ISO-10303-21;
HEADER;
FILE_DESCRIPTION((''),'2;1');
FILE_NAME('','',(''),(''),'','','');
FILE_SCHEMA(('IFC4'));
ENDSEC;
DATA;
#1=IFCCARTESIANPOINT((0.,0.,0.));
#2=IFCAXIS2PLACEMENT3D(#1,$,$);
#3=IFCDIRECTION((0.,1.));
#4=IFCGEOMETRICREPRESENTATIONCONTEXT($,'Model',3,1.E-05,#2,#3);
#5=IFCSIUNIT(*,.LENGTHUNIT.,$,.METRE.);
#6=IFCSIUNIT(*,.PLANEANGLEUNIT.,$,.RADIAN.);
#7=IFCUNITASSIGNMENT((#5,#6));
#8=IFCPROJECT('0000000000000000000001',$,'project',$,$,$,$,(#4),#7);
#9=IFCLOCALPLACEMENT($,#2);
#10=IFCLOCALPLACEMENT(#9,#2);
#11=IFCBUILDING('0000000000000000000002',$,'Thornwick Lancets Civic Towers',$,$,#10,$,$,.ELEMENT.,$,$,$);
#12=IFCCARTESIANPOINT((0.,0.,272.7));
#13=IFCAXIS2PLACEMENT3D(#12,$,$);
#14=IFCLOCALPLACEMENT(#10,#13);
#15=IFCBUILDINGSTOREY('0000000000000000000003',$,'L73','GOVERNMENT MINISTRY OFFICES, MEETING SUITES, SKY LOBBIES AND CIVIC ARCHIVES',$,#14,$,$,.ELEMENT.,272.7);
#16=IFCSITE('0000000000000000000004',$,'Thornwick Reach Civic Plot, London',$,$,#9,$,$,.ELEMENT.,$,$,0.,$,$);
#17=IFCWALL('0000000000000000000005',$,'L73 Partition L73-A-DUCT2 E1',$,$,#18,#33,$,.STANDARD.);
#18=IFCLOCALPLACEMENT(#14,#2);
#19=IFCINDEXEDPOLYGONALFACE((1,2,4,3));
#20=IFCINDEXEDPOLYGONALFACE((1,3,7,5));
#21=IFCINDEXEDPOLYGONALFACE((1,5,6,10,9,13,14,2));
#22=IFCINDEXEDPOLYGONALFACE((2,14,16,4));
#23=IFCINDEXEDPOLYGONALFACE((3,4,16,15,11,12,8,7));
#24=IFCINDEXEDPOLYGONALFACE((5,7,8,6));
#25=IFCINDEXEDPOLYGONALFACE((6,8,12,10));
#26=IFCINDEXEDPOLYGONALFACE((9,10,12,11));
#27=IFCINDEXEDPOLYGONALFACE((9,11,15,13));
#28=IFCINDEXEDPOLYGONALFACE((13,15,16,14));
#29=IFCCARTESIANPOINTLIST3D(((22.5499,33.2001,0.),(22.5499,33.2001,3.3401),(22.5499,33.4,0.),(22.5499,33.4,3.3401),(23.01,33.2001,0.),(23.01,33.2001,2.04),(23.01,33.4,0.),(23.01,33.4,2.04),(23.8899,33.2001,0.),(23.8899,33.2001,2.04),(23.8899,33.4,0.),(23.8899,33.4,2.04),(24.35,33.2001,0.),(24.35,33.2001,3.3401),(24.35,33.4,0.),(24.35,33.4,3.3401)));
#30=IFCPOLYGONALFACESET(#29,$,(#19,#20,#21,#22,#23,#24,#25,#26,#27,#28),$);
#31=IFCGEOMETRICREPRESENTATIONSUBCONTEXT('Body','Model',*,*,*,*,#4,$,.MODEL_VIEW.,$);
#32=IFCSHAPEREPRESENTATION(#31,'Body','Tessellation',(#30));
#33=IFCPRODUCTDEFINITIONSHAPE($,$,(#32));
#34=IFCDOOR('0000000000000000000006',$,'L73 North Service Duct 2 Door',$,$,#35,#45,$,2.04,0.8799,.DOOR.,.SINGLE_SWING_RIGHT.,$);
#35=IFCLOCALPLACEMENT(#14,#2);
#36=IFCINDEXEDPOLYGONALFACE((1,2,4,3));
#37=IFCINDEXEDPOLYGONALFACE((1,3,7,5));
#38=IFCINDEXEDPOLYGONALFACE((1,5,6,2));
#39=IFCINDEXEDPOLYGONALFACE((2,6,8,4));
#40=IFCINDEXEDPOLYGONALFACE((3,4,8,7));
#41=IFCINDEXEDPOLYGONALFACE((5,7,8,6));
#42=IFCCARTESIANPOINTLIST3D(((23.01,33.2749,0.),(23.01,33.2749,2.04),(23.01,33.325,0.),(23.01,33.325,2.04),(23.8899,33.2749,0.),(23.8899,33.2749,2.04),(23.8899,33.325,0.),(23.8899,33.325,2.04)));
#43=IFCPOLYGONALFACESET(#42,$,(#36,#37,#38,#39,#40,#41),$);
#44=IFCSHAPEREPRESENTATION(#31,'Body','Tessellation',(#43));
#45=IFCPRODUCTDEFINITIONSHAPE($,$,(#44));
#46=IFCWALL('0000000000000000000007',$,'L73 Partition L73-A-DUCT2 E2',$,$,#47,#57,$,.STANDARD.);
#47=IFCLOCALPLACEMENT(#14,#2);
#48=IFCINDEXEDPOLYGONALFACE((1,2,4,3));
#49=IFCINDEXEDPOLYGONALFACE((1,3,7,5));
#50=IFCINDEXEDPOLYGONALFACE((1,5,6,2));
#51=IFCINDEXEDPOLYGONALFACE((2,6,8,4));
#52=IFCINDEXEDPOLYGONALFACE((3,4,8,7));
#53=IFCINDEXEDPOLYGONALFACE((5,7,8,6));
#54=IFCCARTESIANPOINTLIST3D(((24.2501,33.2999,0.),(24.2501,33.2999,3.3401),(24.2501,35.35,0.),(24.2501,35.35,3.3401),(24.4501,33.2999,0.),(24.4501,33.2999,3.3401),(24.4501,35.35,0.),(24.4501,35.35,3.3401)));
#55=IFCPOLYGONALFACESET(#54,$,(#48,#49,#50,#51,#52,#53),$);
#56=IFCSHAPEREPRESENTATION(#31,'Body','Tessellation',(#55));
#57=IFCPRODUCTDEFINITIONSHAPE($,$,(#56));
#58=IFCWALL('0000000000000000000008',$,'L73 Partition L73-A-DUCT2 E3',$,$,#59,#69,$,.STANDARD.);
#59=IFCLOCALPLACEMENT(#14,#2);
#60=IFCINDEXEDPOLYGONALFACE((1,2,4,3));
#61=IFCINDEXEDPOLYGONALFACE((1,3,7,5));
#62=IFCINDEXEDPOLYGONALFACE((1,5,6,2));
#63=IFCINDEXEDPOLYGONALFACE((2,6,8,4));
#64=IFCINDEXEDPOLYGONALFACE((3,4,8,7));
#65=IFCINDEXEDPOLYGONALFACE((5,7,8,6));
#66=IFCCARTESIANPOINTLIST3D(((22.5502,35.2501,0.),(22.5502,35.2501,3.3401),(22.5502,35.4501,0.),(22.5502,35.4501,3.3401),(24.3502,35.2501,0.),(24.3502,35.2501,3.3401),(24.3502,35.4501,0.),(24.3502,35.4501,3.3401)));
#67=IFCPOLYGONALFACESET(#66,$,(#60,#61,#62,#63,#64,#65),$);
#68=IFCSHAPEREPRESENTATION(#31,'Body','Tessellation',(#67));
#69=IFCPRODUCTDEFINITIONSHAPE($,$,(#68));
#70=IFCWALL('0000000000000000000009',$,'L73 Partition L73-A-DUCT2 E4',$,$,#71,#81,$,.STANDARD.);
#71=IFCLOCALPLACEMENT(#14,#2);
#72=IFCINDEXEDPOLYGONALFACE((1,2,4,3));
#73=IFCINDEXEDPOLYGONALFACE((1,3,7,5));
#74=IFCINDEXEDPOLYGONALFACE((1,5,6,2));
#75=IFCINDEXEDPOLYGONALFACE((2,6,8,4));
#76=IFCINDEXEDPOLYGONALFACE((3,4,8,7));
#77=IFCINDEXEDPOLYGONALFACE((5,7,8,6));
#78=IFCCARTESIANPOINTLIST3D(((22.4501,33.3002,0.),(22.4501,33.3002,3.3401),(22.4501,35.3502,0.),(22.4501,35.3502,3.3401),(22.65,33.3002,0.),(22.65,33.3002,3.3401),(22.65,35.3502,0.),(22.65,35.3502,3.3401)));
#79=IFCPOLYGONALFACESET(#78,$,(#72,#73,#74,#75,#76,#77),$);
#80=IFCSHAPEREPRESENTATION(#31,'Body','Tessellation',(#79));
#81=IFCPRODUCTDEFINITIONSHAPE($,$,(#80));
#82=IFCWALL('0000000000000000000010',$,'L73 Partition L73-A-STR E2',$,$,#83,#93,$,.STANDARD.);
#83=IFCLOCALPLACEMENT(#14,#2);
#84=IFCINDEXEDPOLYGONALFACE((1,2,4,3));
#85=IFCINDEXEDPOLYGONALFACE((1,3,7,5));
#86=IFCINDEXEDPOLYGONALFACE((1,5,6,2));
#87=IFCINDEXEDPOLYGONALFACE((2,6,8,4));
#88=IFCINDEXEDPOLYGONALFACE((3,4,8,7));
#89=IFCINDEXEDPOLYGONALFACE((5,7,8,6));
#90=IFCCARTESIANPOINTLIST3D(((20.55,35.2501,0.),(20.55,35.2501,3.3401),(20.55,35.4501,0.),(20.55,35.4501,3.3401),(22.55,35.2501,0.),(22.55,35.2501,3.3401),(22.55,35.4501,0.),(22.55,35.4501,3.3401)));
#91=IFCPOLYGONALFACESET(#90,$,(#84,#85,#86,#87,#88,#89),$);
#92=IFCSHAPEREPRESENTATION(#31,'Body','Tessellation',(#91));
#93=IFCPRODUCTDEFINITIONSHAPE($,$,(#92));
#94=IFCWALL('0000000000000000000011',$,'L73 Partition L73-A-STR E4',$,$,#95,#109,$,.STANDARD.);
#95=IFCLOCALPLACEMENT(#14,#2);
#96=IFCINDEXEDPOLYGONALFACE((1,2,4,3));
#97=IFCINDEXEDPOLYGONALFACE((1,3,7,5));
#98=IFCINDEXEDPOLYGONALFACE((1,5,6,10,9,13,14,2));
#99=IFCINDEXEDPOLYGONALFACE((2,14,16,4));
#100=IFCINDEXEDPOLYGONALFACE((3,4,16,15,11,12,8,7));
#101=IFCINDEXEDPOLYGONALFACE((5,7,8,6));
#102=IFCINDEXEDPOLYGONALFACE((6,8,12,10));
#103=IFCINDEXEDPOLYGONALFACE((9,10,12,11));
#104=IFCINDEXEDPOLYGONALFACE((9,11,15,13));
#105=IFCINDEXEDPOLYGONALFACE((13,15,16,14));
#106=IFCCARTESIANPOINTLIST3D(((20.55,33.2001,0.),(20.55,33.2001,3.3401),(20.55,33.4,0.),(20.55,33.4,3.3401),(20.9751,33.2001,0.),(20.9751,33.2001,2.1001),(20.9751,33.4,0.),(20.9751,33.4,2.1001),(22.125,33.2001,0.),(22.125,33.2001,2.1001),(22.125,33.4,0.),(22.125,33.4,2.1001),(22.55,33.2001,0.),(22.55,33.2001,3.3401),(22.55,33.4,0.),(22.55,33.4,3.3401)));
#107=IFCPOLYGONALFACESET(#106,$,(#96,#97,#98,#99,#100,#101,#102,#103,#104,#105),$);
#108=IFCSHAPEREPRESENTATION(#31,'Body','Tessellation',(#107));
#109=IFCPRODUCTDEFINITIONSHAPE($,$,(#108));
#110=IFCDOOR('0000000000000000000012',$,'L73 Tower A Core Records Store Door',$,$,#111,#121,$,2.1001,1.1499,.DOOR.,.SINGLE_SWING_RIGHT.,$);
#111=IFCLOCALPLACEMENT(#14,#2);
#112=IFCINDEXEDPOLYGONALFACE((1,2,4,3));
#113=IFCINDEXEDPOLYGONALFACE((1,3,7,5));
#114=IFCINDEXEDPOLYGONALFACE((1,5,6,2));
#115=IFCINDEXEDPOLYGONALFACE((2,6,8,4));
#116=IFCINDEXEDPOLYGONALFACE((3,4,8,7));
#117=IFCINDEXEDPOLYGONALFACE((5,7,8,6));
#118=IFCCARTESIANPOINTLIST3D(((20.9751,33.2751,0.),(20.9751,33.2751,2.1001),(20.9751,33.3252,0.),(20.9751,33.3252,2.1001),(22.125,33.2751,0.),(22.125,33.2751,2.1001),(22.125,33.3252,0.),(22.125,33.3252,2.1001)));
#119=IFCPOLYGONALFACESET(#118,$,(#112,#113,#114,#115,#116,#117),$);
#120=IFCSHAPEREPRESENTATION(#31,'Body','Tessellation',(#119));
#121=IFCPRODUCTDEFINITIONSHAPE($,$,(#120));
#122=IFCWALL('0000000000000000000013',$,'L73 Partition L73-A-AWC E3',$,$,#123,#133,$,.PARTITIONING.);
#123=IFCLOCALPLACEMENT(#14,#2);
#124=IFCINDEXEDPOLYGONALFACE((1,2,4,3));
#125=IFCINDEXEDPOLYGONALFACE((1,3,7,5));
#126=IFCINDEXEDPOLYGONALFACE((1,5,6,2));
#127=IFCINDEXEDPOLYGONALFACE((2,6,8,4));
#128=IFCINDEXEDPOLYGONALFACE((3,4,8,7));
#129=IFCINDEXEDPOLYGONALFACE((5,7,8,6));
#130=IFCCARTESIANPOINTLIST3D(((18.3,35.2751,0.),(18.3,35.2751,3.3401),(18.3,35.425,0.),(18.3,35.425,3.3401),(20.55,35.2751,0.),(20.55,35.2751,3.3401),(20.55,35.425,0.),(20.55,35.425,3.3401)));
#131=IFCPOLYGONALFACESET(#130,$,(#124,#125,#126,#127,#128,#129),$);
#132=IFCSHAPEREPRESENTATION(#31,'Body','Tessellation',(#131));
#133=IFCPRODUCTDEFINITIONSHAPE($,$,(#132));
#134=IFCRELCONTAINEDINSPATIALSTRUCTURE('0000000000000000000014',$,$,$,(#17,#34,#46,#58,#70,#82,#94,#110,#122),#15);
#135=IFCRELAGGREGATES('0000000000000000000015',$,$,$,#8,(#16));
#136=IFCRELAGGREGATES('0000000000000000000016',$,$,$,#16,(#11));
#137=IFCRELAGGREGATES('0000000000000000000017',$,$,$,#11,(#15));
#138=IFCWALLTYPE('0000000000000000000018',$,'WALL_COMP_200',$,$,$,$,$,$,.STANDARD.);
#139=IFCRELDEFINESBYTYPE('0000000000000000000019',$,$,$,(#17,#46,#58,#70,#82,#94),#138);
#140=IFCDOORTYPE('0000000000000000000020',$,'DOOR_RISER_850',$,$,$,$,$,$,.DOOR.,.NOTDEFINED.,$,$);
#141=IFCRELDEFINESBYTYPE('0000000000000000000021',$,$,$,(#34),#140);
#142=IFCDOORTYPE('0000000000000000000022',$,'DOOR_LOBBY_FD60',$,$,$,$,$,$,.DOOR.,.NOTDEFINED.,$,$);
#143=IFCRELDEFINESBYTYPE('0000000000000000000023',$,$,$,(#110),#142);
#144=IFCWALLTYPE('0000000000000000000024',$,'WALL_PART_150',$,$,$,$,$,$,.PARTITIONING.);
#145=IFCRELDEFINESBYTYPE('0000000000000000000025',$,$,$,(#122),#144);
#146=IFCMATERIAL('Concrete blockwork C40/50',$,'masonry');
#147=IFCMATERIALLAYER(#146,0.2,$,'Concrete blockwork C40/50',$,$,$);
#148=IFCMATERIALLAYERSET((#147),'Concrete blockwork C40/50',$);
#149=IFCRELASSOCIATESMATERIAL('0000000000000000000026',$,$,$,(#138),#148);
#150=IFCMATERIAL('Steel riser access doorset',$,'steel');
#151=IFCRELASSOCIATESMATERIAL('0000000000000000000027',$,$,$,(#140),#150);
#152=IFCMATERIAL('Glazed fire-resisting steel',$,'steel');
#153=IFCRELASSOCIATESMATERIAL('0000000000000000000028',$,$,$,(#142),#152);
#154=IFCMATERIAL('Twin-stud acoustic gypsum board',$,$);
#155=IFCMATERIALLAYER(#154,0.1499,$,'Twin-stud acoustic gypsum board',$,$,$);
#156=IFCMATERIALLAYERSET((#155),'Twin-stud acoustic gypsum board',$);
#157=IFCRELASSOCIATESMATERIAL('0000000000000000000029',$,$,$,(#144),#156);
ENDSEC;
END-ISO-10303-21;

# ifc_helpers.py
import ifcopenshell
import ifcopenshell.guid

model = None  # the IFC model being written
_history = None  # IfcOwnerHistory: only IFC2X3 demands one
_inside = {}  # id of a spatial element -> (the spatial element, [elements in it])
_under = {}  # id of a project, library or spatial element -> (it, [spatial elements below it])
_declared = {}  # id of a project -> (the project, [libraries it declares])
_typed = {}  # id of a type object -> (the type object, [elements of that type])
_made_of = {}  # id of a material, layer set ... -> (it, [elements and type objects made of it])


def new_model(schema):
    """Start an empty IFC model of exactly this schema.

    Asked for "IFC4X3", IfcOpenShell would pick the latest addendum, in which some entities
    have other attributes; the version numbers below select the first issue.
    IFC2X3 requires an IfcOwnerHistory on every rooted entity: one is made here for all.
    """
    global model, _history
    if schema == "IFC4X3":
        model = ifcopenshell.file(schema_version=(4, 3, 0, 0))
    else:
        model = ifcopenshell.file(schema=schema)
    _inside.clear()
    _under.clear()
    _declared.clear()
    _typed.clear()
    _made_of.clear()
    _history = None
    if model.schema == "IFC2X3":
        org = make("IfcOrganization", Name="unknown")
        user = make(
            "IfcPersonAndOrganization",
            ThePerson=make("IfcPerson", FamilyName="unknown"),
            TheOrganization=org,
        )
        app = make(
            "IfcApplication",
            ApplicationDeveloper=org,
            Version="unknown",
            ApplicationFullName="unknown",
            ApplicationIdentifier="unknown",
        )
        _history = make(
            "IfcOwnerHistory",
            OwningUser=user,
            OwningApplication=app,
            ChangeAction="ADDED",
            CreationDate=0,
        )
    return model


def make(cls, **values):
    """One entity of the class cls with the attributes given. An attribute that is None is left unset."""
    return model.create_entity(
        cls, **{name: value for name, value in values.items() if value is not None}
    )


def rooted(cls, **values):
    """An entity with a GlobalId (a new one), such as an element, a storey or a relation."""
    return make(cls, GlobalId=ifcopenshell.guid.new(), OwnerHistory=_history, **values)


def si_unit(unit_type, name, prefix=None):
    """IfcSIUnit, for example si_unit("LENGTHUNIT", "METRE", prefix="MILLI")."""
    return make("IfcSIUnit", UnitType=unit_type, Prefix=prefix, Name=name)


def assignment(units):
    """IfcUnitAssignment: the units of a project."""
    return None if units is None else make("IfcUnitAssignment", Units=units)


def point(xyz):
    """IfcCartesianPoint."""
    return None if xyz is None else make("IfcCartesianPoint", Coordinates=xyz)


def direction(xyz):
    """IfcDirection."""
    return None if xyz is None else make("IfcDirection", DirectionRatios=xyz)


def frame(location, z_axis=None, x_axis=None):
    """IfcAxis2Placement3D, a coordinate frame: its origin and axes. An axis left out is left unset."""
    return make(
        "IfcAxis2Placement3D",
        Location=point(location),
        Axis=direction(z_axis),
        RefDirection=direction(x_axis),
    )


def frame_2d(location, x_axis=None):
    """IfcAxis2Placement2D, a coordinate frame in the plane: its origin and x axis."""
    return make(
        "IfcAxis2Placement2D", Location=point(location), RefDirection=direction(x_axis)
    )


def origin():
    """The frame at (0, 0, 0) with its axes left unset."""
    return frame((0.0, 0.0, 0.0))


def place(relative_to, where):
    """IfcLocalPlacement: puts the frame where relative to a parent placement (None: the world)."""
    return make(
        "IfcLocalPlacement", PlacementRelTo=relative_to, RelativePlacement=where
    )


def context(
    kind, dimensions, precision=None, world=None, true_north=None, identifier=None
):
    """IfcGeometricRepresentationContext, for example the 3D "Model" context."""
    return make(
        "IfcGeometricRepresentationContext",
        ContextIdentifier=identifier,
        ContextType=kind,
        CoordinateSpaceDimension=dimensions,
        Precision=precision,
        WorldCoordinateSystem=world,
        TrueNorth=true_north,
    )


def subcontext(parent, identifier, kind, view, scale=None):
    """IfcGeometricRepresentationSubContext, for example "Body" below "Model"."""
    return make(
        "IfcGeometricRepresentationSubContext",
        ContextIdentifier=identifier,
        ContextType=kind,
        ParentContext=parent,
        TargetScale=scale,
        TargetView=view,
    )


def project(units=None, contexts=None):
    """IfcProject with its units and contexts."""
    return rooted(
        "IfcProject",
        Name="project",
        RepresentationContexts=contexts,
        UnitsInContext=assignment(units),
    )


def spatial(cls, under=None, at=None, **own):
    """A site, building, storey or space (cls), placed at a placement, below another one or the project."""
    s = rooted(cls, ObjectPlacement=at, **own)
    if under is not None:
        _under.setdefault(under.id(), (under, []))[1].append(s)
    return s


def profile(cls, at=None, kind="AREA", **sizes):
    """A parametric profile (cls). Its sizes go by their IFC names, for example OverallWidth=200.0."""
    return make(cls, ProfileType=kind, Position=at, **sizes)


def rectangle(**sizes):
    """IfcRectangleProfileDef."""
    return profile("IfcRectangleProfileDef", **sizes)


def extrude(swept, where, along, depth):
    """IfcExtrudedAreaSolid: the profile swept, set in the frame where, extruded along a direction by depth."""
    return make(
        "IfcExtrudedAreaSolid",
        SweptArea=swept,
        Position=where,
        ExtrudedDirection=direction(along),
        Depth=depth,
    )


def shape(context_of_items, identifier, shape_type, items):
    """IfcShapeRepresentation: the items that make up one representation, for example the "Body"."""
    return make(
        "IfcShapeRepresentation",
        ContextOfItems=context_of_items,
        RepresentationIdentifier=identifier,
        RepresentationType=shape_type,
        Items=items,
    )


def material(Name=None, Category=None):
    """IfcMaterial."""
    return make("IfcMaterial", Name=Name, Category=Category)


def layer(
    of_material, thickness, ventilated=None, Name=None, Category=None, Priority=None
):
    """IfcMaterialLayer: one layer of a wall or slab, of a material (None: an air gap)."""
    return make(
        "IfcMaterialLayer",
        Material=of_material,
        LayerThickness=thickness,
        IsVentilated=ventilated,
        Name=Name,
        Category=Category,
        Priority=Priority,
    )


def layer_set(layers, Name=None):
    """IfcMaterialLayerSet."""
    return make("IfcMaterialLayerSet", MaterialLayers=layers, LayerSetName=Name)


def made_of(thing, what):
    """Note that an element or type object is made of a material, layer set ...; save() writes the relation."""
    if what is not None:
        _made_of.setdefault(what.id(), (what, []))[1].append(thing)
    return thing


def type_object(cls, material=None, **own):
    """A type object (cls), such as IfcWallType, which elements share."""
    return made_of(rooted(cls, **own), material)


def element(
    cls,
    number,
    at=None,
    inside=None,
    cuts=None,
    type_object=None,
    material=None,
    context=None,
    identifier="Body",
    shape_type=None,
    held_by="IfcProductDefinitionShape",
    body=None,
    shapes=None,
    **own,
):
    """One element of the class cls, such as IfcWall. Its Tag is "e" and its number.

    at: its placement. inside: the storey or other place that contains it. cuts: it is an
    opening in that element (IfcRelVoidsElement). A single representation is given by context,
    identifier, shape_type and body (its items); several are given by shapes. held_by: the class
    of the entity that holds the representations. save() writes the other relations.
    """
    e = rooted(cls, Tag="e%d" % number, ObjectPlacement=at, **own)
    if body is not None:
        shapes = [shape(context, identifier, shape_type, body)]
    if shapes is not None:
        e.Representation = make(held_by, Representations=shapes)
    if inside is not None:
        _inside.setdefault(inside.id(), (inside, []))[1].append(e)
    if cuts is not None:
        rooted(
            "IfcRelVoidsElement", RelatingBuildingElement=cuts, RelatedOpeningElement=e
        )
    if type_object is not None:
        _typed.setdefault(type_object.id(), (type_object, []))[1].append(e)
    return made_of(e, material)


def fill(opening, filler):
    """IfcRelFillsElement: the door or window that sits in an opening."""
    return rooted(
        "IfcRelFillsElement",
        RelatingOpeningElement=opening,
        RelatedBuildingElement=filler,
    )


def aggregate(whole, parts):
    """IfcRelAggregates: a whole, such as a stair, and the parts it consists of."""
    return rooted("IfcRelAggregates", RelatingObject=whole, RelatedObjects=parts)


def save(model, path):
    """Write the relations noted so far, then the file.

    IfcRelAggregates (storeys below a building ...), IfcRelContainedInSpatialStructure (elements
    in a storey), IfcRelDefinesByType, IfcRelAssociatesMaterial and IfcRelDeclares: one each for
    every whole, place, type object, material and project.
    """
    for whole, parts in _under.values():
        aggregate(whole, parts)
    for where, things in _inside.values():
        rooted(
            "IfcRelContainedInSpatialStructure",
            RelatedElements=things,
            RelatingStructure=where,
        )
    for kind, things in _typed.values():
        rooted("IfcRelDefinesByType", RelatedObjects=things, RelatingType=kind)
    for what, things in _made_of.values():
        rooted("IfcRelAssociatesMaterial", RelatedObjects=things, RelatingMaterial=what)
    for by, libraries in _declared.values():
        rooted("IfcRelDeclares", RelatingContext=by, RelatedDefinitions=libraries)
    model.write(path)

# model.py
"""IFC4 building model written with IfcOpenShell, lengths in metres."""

from ifc_helpers import new_model, si_unit, direction, frame, frame_2d, origin, place, context, subcontext, project, spatial, rectangle, extrude, material, layer, layer_set, type_object, element, fill, save


model = new_model("IFC4")

# Units and contexts
model_context = context("Model", 3, precision=1e-05, world=origin(), true_north=direction((0.0, 1.0)))
body_context = subcontext(model_context, "Body", "Model", "MODEL_VIEW")
ifc_project = project(units=[si_unit("LENGTHUNIT", "METRE"), si_unit("PLANEANGLEUNIT", "RADIAN")], contexts=[model_context])

# Site, building, storey
site_placement = place(None, origin())
site = spatial("IfcSite", under=ifc_project, at=site_placement, Name="Thornwick Reach Civic Plot, London", CompositionType="ELEMENT", RefElevation=0.0)
building_placement = place(site_placement, origin())
building = spatial("IfcBuilding", under=site, at=building_placement, Name="Thornwick Lancets Civic Towers", CompositionType="ELEMENT")
storey_placement = place(building_placement, frame((0.0, 0.0, 272.7)))
storey = spatial("IfcBuildingStorey", under=building, at=storey_placement, Name="L73", Description="GOVERNMENT MINISTRY OFFICES, MEETING SUITES, SKY LOBBIES AND CIVIC ARCHIVES", CompositionType="ELEMENT", Elevation=272.7)

# Shared definitions
ifc_material_1 = material(Name="Concrete blockwork C40/50", Category="masonry")
ifc_layer_1 = layer(ifc_material_1, 0.2, Name="Concrete blockwork C40/50")
ifc_layer_set_1 = layer_set([ifc_layer_1], Name="Concrete blockwork C40/50")
wall_type_1 = type_object("IfcWallType", Name="WALL_COMP_200", PredefinedType="STANDARD", material=ifc_layer_set_1)

# Wall, opening, door
wall_1_placement = place(storey_placement, frame((22.55, 33.3, 0.0), z_axis=(0.0, 0.0, 1.0), x_axis=(1.0, 0.0, 0.0)))
wall_1 = element("IfcWall", 1, at=wall_1_placement, inside=storey, type_object=wall_type_1, Name="L73 Partition L73-A-DUCT2 E1", PredefinedType="STANDARD", context=body_context, shape_type="SweptSolid", body=[
    extrude(rectangle(XDim=1.8, YDim=0.2, at=frame_2d((0.8999, 0.0))), origin(), (0.0, 0.0, 1.0), 3.3401),
])
opening_1_placement = place(wall_1_placement, frame((0.46, 0.0, 0.0)))
opening_1 = element("IfcOpeningElement", 2, at=opening_1_placement, cuts=wall_1, PredefinedType="OPENING", context=body_context, shape_type="SweptSolid", body=[
    extrude(rectangle(XDim=0.8799, YDim=2.04, at=frame_2d((0.4399, 1.02))), frame((0.0, 0.1099, 0.0), z_axis=(0.0, -1.0, 0.0), x_axis=(1.0, 0.0, 0.0)), (0.0, 0.0, 1.0), 0.22),
])
ifc_material_2 = material(Name="Steel riser access doorset", Category="steel")
door_type_1 = type_object("IfcDoorType", Name="DOOR_RISER_850", OperationType="NOTDEFINED", PredefinedType="DOOR", material=ifc_material_2)
door_1_placement = place(opening_1_placement, origin())
door_1 = element("IfcDoor", 3, at=door_1_placement, inside=storey, type_object=door_type_1, Name="L73 North Service Duct 2 Door", OperationType="SINGLE_SWING_RIGHT", OverallHeight=2.04, OverallWidth=0.8799, PredefinedType="DOOR", context=body_context, shape_type="SweptSolid", body=[
    extrude(rectangle(XDim=0.8799, YDim=2.04, at=frame_2d((0.4399, 1.02))), frame((0.0, 0.0249, 0.0), z_axis=(0.0, -1.0, 0.0), x_axis=(1.0, 0.0, 0.0)), (0.0, 0.0, 1.0), 0.05),
])
fill(opening_1, door_1)

# Walls
wall_2_placement = place(storey_placement, frame((24.3501, 33.3, 0.0), z_axis=(0.0, 0.0, 1.0), x_axis=(0.0, 1.0, 0.0)))
element("IfcWall", 4, at=wall_2_placement, inside=storey, type_object=wall_type_1, Name="L73 Partition L73-A-DUCT2 E2", PredefinedType="STANDARD", context=body_context, shape_type="SweptSolid", body=[
    extrude(rectangle(XDim=2.05, YDim=0.2, at=frame_2d((1.0249, 0.0))), origin(), (0.0, 0.0, 1.0), 3.3401),
])
wall_3_placement = place(storey_placement, frame((24.3501, 35.3501, 0.0), z_axis=(0.0, 0.0, 1.0), x_axis=(-1.0, 0.0, 0.0)))
element("IfcWall", 5, at=wall_3_placement, inside=storey, type_object=wall_type_1, Name="L73 Partition L73-A-DUCT2 E3", PredefinedType="STANDARD", context=body_context, shape_type="SweptSolid", body=[
    extrude(rectangle(XDim=1.8, YDim=0.2, at=frame_2d((0.8999, 0.0))), origin(), (0.0, 0.0, 1.0), 3.3401),
])
wall_4_placement = place(storey_placement, frame((22.55, 35.3501, 0.0), z_axis=(0.0, 0.0, 1.0), x_axis=(0.0, -1.0, 0.0)))
element("IfcWall", 6, at=wall_4_placement, inside=storey, type_object=wall_type_1, Name="L73 Partition L73-A-DUCT2 E4", PredefinedType="STANDARD", context=body_context, shape_type="SweptSolid", body=[
    extrude(rectangle(XDim=2.05, YDim=0.2, at=frame_2d((1.0249, 0.0))), origin(), (0.0, 0.0, 1.0), 3.3401),
])
wall_5_placement = place(storey_placement, frame((20.55, 35.3501, 0.0), z_axis=(0.0, 0.0, 1.0), x_axis=(1.0, 0.0, 0.0)))
element("IfcWall", 7, at=wall_5_placement, inside=storey, type_object=wall_type_1, Name="L73 Partition L73-A-STR E2", PredefinedType="STANDARD", context=body_context, shape_type="SweptSolid", body=[
    extrude(rectangle(XDim=2.0, YDim=0.2, at=frame_2d((1.0, 0.0))), origin(), (0.0, 0.0, 1.0), 3.3401),
])

# Wall, opening, door
wall_6_placement = place(storey_placement, frame((22.55, 33.3, 0.0), z_axis=(0.0, 0.0, 1.0), x_axis=(-1.0, 0.0, 0.0)))
wall_6 = element("IfcWall", 8, at=wall_6_placement, inside=storey, type_object=wall_type_1, Name="L73 Partition L73-A-STR E4", PredefinedType="STANDARD", context=body_context, shape_type="SweptSolid", body=[
    extrude(rectangle(XDim=2.0, YDim=0.2, at=frame_2d((1.0, 0.0))), origin(), (0.0, 0.0, 1.0), 3.3401),
])
opening_2_placement = place(wall_6_placement, frame((0.425, 0.0, 0.0)))
opening_2 = element("IfcOpeningElement", 9, at=opening_2_placement, cuts=wall_6, PredefinedType="OPENING", context=body_context, shape_type="SweptSolid", body=[
    extrude(rectangle(XDim=1.1499, YDim=2.1001, at=frame_2d((0.575, 1.05))), frame((0.0, 0.1099, 0.0), z_axis=(0.0, -1.0, 0.0), x_axis=(1.0, 0.0, 0.0)), (0.0, 0.0, 1.0), 0.22),
])
ifc_material_3 = material(Name="Glazed fire-resisting steel", Category="steel")
door_type_2 = type_object("IfcDoorType", Name="DOOR_LOBBY_FD60", OperationType="NOTDEFINED", PredefinedType="DOOR", material=ifc_material_3)
door_2_placement = place(opening_2_placement, origin())
door_2 = element("IfcDoor", 10, at=door_2_placement, inside=storey, type_object=door_type_2, Name="L73 Tower A Core Records Store Door", OperationType="SINGLE_SWING_RIGHT", OverallHeight=2.1001, OverallWidth=1.1499, PredefinedType="DOOR", context=body_context, shape_type="SweptSolid", body=[
    extrude(rectangle(XDim=1.1499, YDim=2.1001, at=frame_2d((0.575, 1.05))), frame((0.0, 0.0249, 0.0), z_axis=(0.0, -1.0, 0.0), x_axis=(1.0, 0.0, 0.0)), (0.0, 0.0, 1.0), 0.05),
])
fill(opening_2, door_2)

# Wall
ifc_material_4 = material(Name="Twin-stud acoustic gypsum board")
ifc_layer_2 = layer(ifc_material_4, 0.1499, Name="Twin-stud acoustic gypsum board")
ifc_layer_set_2 = layer_set([ifc_layer_2], Name="Twin-stud acoustic gypsum board")
wall_type_2 = type_object("IfcWallType", Name="WALL_PART_150", PredefinedType="PARTITIONING", material=ifc_layer_set_2)
wall_7_placement = place(storey_placement, frame((20.55, 35.3501, 0.0), z_axis=(0.0, 0.0, 1.0), x_axis=(-1.0, 0.0, 0.0)))
element("IfcWall", 11, at=wall_7_placement, inside=storey, type_object=wall_type_2, Name="L73 Partition L73-A-AWC E3", PredefinedType="PARTITIONING", context=body_context, shape_type="SweptSolid", body=[
    extrude(rectangle(XDim=2.25, YDim=0.1499, at=frame_2d((1.125, 0.0))), origin(), (0.0, 0.0, 1.0), 3.3401),
])

save(model, "model.ifc")
